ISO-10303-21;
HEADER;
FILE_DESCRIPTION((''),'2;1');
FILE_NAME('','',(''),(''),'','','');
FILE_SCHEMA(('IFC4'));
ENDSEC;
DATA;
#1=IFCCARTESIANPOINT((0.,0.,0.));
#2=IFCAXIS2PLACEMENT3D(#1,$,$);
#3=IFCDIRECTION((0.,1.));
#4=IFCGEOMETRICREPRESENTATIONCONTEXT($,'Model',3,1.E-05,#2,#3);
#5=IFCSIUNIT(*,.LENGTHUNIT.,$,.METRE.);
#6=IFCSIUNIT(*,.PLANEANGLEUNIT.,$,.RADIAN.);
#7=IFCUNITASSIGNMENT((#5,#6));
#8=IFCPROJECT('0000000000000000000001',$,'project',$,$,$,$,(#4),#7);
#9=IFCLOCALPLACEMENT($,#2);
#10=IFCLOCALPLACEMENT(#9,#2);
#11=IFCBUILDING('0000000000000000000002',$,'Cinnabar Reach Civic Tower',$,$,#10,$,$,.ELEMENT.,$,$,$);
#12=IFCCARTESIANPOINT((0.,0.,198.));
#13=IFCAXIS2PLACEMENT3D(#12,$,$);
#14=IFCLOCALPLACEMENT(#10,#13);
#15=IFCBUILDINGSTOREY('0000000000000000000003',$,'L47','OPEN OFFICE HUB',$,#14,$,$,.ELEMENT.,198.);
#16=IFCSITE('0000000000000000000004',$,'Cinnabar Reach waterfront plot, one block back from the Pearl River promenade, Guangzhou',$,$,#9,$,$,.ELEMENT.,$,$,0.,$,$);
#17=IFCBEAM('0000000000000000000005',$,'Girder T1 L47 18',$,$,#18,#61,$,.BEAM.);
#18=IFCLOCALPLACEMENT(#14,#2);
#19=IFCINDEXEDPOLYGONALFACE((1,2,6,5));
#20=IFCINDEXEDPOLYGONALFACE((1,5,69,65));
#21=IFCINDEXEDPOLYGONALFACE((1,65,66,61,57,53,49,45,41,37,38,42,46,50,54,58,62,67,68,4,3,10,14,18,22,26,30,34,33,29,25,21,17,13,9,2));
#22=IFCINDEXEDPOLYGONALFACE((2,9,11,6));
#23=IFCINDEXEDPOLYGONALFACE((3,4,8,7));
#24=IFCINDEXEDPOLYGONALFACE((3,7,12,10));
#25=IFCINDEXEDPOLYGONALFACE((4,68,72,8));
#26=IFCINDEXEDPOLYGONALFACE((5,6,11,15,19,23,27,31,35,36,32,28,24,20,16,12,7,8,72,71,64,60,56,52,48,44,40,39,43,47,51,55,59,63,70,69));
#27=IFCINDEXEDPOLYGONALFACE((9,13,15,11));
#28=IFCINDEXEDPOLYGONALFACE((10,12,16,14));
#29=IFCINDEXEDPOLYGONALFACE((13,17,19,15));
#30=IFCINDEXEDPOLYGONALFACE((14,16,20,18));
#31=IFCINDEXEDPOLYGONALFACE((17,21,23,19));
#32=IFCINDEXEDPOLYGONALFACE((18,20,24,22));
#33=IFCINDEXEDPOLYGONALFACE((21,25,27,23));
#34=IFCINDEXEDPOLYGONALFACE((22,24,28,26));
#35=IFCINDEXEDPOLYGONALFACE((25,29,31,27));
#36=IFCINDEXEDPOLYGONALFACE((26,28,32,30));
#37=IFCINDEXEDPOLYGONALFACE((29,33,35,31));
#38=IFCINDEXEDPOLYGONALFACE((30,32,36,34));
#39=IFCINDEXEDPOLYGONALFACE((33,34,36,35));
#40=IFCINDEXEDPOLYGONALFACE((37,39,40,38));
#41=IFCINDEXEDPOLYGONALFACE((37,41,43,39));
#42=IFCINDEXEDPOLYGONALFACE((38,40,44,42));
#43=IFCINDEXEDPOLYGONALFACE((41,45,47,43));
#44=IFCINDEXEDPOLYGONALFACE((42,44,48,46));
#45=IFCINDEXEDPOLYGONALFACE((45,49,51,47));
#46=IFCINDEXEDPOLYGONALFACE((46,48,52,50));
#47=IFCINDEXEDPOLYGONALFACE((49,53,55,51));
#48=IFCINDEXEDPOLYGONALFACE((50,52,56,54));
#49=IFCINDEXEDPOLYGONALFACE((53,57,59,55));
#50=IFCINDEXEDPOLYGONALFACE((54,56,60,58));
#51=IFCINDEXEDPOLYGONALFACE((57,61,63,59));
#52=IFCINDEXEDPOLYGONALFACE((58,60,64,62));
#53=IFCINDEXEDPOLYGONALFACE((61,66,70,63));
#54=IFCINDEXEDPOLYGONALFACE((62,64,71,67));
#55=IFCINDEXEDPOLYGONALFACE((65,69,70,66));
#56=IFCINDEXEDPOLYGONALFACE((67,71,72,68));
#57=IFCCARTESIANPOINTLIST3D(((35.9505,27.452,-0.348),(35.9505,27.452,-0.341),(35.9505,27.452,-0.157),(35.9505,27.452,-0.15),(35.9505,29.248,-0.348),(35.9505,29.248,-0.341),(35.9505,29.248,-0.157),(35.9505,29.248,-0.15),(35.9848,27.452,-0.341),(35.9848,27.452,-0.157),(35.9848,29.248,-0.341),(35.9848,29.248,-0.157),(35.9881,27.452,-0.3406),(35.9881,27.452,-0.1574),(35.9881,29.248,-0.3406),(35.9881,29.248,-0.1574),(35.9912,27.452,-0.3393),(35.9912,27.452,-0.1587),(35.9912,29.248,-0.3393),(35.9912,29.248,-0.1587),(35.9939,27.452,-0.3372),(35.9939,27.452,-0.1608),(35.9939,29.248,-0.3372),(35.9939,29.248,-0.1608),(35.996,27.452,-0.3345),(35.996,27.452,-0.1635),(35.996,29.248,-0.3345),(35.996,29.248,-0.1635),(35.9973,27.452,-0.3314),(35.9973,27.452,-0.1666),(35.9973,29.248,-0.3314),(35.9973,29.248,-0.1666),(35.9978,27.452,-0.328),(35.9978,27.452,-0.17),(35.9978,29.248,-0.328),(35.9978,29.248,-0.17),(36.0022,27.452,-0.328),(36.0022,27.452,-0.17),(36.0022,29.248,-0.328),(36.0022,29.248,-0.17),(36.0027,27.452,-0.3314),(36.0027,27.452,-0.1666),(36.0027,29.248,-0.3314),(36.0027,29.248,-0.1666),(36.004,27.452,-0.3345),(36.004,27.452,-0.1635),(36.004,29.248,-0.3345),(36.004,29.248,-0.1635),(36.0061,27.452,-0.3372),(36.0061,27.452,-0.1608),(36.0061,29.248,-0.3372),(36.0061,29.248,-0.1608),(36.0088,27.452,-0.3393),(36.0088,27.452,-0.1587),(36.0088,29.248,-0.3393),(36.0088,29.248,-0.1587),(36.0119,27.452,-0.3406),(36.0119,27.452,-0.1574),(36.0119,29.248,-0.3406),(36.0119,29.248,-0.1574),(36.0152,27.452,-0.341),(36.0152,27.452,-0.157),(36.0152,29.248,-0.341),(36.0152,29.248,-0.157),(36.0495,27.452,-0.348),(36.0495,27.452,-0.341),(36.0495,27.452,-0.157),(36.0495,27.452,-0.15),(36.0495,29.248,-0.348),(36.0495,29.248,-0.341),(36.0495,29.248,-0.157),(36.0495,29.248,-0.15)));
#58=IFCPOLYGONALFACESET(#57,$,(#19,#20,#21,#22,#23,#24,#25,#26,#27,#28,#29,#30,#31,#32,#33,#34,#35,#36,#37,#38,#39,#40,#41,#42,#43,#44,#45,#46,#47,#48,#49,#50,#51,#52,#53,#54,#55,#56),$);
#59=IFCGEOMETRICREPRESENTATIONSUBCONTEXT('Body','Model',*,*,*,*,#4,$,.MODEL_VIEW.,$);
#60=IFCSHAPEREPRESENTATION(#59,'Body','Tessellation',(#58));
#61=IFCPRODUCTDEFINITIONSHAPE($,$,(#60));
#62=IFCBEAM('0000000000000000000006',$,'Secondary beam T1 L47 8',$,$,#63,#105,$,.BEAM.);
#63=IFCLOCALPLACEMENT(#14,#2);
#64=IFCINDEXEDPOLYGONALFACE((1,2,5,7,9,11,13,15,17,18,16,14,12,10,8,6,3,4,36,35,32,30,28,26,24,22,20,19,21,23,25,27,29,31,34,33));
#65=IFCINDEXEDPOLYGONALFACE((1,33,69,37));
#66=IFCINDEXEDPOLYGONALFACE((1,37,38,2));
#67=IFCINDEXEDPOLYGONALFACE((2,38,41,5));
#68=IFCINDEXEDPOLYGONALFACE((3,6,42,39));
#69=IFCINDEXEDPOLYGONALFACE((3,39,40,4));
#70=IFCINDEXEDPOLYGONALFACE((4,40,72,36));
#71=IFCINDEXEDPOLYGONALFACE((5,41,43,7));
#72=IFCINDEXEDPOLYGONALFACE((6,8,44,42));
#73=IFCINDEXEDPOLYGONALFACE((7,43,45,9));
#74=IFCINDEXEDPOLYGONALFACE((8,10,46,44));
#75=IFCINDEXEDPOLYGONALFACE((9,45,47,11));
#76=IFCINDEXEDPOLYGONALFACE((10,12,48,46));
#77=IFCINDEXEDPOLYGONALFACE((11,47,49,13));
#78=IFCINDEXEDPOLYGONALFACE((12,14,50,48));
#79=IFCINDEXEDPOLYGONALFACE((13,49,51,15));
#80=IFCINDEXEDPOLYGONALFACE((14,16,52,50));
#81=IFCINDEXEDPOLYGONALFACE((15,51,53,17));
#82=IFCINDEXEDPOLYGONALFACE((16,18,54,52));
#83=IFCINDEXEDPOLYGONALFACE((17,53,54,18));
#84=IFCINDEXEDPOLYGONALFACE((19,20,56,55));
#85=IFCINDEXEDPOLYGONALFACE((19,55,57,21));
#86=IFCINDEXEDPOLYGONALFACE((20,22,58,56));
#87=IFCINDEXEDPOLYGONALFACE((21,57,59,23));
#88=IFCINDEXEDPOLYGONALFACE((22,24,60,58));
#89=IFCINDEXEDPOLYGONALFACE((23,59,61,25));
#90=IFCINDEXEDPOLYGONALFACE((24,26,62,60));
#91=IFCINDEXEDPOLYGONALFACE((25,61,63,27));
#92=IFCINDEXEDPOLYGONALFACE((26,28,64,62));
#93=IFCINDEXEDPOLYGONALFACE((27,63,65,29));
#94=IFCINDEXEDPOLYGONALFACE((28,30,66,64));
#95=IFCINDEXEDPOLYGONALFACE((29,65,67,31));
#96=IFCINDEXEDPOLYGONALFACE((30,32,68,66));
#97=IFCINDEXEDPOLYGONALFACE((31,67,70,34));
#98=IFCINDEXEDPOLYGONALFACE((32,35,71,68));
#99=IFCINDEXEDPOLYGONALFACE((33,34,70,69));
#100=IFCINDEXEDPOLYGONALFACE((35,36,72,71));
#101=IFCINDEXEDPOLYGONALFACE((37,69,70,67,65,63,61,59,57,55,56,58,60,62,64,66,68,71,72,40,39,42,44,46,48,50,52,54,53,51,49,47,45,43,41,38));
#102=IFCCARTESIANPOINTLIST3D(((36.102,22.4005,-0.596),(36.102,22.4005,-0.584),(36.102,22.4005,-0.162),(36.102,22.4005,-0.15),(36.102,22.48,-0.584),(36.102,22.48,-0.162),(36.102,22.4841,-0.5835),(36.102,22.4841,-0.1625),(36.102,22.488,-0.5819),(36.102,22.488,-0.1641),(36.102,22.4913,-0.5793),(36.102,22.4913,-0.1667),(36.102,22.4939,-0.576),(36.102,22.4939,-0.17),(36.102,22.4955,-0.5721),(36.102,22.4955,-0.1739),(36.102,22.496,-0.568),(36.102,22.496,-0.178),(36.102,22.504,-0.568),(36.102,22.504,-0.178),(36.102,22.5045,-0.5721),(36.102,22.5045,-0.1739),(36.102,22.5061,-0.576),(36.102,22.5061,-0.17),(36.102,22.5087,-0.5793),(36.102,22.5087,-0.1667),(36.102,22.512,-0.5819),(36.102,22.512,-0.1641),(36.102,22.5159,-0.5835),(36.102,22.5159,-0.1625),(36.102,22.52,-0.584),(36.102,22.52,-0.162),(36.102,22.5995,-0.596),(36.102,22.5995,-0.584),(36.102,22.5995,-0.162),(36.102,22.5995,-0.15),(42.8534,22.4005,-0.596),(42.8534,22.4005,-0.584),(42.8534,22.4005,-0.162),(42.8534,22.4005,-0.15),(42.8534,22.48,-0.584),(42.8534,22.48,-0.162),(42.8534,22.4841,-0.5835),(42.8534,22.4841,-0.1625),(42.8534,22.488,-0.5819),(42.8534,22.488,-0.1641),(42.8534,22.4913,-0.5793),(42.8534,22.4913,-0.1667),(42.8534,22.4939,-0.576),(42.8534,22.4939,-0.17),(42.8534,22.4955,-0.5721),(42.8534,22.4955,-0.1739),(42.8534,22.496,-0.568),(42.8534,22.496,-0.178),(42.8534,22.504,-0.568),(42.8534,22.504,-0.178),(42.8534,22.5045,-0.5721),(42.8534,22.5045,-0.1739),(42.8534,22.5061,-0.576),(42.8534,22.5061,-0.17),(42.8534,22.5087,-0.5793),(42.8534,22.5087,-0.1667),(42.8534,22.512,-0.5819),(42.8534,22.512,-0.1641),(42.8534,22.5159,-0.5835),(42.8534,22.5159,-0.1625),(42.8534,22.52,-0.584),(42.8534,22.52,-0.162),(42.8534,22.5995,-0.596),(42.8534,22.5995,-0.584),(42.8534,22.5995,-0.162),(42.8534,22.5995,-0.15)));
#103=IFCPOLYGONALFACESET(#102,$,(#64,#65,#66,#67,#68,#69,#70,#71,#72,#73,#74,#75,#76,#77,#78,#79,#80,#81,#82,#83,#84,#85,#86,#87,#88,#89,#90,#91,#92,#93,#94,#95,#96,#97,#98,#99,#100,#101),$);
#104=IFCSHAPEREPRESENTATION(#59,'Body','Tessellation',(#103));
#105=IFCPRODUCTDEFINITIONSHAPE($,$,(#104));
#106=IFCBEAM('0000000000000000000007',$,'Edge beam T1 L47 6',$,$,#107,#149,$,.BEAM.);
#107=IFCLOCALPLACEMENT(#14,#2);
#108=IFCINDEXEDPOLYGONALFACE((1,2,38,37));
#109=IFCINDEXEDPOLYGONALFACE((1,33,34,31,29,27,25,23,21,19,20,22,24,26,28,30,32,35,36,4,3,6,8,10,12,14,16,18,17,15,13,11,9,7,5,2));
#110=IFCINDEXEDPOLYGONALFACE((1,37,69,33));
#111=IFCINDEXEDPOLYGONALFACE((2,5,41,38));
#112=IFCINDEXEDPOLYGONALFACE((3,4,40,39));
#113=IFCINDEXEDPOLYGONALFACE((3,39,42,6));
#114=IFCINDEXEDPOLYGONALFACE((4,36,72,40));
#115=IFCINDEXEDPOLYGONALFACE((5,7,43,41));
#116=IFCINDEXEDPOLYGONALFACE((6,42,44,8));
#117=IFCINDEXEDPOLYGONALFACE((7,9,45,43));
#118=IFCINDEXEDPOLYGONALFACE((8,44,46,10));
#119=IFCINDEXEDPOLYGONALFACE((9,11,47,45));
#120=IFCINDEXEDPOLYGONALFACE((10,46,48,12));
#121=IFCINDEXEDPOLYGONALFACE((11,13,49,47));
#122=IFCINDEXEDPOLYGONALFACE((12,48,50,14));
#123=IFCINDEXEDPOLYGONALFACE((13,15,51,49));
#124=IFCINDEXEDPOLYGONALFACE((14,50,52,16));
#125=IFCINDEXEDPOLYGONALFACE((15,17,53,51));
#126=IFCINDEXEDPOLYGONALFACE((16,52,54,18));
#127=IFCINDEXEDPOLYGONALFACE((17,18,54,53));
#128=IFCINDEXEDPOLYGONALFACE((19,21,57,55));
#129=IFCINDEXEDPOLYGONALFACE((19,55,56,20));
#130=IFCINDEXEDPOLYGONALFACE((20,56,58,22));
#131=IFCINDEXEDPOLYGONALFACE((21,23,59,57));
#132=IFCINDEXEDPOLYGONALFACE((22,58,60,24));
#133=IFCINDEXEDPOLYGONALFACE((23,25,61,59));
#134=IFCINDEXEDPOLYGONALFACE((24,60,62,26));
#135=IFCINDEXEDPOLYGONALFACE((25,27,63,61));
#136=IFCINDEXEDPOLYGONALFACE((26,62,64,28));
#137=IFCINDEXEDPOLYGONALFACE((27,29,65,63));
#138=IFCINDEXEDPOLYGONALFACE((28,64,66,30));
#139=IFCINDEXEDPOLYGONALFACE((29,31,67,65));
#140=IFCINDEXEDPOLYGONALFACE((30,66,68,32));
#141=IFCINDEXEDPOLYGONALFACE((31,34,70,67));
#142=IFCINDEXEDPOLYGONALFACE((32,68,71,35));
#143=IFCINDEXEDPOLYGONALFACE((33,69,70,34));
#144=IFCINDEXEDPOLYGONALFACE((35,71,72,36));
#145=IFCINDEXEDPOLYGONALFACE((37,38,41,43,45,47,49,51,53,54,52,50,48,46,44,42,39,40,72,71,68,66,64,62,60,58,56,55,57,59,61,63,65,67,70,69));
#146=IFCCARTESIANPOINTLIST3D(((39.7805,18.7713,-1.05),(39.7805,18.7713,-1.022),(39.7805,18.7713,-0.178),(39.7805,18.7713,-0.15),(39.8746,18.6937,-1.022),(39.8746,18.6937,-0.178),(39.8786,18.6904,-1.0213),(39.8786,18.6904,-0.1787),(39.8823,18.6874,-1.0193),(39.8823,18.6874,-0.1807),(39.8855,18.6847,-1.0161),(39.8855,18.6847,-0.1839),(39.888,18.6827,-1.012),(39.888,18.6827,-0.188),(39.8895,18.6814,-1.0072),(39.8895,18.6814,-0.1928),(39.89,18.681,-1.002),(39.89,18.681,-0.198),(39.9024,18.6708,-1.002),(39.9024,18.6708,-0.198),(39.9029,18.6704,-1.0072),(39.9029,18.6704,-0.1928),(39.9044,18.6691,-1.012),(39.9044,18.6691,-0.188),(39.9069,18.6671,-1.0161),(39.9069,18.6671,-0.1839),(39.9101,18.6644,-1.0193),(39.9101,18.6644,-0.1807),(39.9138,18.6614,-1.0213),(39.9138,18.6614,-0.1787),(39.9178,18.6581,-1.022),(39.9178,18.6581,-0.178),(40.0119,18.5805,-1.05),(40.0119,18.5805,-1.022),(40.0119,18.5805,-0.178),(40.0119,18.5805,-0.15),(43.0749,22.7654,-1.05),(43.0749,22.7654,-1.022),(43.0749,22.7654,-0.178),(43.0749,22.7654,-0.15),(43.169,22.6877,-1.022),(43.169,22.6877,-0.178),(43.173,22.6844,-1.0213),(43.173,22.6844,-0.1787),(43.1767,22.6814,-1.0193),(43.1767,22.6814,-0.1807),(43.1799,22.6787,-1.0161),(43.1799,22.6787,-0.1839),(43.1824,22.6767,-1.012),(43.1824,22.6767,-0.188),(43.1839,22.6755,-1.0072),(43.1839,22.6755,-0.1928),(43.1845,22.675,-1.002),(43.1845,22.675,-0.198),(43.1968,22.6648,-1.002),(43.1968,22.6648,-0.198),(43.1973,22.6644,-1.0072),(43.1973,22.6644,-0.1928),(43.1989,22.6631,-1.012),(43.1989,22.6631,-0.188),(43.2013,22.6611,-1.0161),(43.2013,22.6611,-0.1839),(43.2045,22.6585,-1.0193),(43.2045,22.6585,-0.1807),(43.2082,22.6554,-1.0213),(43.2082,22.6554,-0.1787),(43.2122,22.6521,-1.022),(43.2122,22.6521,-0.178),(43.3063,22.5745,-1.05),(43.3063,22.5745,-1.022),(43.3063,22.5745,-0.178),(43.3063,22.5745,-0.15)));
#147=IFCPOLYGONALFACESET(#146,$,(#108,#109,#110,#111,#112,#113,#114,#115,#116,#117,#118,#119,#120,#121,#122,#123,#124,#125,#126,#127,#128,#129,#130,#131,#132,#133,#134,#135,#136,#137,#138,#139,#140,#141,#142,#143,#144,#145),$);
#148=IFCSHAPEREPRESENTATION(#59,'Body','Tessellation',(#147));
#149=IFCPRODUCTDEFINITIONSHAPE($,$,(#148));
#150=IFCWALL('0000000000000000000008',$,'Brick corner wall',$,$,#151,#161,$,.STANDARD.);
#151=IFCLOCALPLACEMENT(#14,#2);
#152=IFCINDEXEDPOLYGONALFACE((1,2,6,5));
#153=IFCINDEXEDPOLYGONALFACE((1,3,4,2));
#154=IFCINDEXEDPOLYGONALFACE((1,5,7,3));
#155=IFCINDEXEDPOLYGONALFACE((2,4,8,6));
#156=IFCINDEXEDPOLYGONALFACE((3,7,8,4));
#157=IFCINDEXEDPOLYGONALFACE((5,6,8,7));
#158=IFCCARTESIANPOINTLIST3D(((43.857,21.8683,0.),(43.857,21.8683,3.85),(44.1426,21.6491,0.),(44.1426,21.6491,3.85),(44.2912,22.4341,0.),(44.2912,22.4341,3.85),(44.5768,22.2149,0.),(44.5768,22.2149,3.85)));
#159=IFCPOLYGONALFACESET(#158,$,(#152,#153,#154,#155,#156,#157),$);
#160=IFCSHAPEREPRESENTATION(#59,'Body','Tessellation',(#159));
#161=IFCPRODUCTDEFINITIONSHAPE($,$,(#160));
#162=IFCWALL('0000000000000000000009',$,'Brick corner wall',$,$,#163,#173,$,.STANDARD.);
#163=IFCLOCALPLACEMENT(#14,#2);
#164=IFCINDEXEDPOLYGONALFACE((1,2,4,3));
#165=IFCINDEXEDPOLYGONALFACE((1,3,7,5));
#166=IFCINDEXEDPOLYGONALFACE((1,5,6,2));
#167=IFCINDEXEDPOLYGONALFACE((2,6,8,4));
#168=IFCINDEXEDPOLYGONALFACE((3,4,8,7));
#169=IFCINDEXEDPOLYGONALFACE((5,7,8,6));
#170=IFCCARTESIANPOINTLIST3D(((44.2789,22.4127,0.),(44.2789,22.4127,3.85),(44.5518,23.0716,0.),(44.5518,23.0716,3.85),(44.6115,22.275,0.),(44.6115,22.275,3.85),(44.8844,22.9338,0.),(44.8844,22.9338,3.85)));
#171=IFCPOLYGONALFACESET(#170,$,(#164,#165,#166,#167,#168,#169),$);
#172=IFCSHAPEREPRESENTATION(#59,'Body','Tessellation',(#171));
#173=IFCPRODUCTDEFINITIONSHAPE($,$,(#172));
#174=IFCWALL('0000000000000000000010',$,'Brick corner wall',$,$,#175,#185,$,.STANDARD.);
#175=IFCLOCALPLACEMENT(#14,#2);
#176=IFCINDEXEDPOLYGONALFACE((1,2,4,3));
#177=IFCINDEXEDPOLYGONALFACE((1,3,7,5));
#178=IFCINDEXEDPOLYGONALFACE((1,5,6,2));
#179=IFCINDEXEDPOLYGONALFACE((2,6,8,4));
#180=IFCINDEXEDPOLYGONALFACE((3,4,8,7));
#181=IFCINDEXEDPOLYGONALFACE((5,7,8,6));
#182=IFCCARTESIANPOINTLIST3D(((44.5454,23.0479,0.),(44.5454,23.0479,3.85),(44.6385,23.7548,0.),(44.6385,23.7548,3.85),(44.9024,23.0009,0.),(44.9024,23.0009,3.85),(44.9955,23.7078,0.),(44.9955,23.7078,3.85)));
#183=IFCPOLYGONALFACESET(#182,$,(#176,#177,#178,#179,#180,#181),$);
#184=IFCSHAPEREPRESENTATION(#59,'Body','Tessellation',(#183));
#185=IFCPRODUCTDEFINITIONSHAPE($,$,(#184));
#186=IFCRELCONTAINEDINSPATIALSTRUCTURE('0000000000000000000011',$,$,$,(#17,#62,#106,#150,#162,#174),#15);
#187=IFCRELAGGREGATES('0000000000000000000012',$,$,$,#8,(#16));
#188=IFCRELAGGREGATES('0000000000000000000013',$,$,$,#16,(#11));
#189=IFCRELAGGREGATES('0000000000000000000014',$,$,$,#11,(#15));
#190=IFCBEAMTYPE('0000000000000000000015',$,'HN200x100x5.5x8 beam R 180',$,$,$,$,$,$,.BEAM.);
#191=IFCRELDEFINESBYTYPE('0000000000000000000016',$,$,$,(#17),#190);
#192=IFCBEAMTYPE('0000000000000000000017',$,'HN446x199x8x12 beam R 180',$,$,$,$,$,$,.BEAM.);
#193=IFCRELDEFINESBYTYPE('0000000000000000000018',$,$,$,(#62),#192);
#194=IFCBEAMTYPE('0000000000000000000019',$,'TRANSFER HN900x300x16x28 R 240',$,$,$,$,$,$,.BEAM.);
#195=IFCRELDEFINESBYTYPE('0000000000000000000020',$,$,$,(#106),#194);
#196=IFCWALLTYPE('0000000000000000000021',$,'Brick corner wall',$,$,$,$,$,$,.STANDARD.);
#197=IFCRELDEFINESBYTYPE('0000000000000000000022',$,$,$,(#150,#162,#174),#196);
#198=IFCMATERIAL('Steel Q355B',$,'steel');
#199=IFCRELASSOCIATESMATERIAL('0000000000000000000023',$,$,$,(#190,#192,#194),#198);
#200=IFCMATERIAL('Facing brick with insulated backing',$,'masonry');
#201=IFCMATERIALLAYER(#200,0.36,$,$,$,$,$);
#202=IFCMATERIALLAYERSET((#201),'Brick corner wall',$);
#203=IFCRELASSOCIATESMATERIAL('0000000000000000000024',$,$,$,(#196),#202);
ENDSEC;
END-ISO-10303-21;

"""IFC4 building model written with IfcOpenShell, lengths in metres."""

from ifc_helpers import new_model, si_unit, direction, frame, frame_2d, origin, origin_2d, place, context, subcontext, project, spatial, rectangle, i_section, extrude, material, layer, layer_set, material_profile, profile_set, type_object, element, save


model = new_model("IFC4")

# Units and contexts
model_context = context("Model", 3, precision=1e-05, world=origin(), true_north=direction((0.0, 1.0)))
body_context = subcontext(model_context, "Body", "Model", "MODEL_VIEW")
ifc_project = project(units=[si_unit("LENGTHUNIT", "METRE"), si_unit("PLANEANGLEUNIT", "RADIAN")], contexts=[model_context])

# Site, building, storey
site_placement = place(None, origin())
site = spatial("IfcSite", under=ifc_project, at=site_placement, Name="Cinnabar Reach waterfront plot, one block back from the Pearl River promenade, Guangzhou", CompositionType="ELEMENT", RefElevation=0.0)
building_placement = place(site_placement, origin())
building = spatial("IfcBuilding", under=site, at=building_placement, Name="Cinnabar Reach Civic Tower", CompositionType="ELEMENT")
storey_placement = place(building_placement, frame((0.0, 0.0, 198.0)))
storey = spatial("IfcBuildingStorey", under=building, at=storey_placement, Name="L47", Description="OPEN OFFICE HUB", CompositionType="ELEMENT", Elevation=198.0)

# Beams
ifc_material_1 = material(Name="Steel Q355B", Category="steel")
ifc_material_profile_1 = material_profile(ifc_material_1, i_section(OverallWidth=0.099, OverallDepth=0.198, WebThickness=0.0045, FlangeThickness=0.007, FilletRadius=0.013, at=origin_2d()), Name="HN200x100x5.5x8")
ifc_profile_set_1 = profile_set([ifc_material_profile_1], Name="Steel Q355B")
beam_type_1 = type_object("IfcBeamType", Name="HN200x100x5.5x8 beam R 180", PredefinedType="BEAM", material=ifc_profile_set_1)
beam_1_placement = place(storey_placement, frame((36.0, 27.452, -0.249), z_axis=(0.0, 1.0, 0.0), x_axis=(-1.0, 0.0, 0.0)))
element("IfcBeam", 1, at=beam_1_placement, inside=storey, type_object=beam_type_1, Name="Girder T1 L47 18", PredefinedType="BEAM", context=body_context, shape_type="SweptSolid", body=[
    extrude(i_section(OverallWidth=0.099, OverallDepth=0.198, WebThickness=0.0045, FlangeThickness=0.007, FilletRadius=0.013, at=origin_2d()), origin(), (0.0, 0.0, 1.0), 1.796),
])
ifc_material_profile_2 = material_profile(ifc_material_1, i_section(OverallWidth=0.199, OverallDepth=0.446, WebThickness=0.008, FlangeThickness=0.012, FilletRadius=0.016, at=origin_2d()), Name="HN446x199x8x12")
ifc_profile_set_2 = profile_set([ifc_material_profile_2], Name="Steel Q355B")
beam_type_2 = type_object("IfcBeamType", Name="HN446x199x8x12 beam R 180", PredefinedType="BEAM", material=ifc_profile_set_2)
beam_2_placement = place(storey_placement, frame((36.102, 22.5, -0.373), z_axis=(1.0, 0.0, 0.0), x_axis=(0.0, 1.0, 0.0)))
element("IfcBeam", 2, at=beam_2_placement, inside=storey, type_object=beam_type_2, Name="Secondary beam T1 L47 8", PredefinedType="BEAM", context=body_context, shape_type="SweptSolid", body=[
    extrude(i_section(OverallWidth=0.199, OverallDepth=0.446, WebThickness=0.008, FlangeThickness=0.012, FilletRadius=0.016, at=origin_2d()), origin(), (0.0, 0.0, 1.0), 6.7514),
])
ifc_material_profile_3 = material_profile(ifc_material_1, i_section(OverallWidth=0.3, OverallDepth=0.9, WebThickness=0.016, FlangeThickness=0.028, FilletRadius=0.02, at=origin_2d()), Name="HN900x300x16x28")
ifc_profile_set_3 = profile_set([ifc_material_profile_3], Name="Steel Q355B")
beam_type_3 = type_object("IfcBeamType", Name="TRANSFER HN900x300x16x28 R 240", PredefinedType="BEAM", material=ifc_profile_set_3)
beam_3_placement = place(storey_placement, frame((39.8962, 18.6759, -0.6), z_axis=(0.636308, 0.771435, 0.0), x_axis=(-0.771435, 0.636308, 0.0)))
element("IfcBeam", 3, at=beam_3_placement, inside=storey, type_object=beam_type_3, Name="Edge beam T1 L47 6", PredefinedType="BEAM", context=body_context, shape_type="SweptSolid", body=[
    extrude(i_section(OverallWidth=0.3, OverallDepth=0.9, WebThickness=0.016, FlangeThickness=0.028, FilletRadius=0.02, at=origin_2d()), origin(), (0.0, 0.0, 1.0), 5.1774),
])

# Walls
ifc_material_2 = material(Name="Facing brick with insulated backing", Category="masonry")
ifc_layer_1 = layer(ifc_material_2, 0.36)
ifc_layer_set_1 = layer_set([ifc_layer_1], Name="Brick corner wall")
wall_type_1 = type_object("IfcWallType", Name="Brick corner wall", PredefinedType="STANDARD", material=ifc_layer_set_1)
wall_1_placement = place(storey_placement, frame((43.9998, 21.7587, 0.0), z_axis=(0.0, 0.0, 1.0), x_axis=(0.608802, 0.793322, 0.0)))
element("IfcWall", 4, at=wall_1_placement, inside=storey, type_object=wall_type_1, Name="Brick corner wall", PredefinedType="STANDARD", context=body_context, shape_type="SweptSolid", body=[
    extrude(rectangle(XDim=0.7132, YDim=0.36, at=frame_2d((0.3566, 0.0))), origin(), (0.0, 0.0, 1.0), 3.85),
])
for number, where, z_axis, x_axis, name in (
    (5, (44.4452, 22.3439, 0.0), (0.0, 0.0, 1.0), (0.382703, 0.923872, 0.0), "Brick corner wall"),
    (6, (44.7239, 23.0244, 0.0), (0.0, 0.0, 1.0), (0.130556, 0.991441, 0.0), "Brick corner wall"),
):
    element("IfcWall", number, at=place(storey_placement, frame(where, z_axis=z_axis, x_axis=x_axis)), inside=storey, type_object=wall_type_1, Name=name, PredefinedType="STANDARD", context=body_context, shape_type="SweptSolid", body=[
        extrude(rectangle(XDim=0.7131, YDim=0.36, at=frame_2d((0.3565, 0.0))), origin(), (0.0, 0.0, 1.0), 3.85),
    ])

save(model, "model.ifc")
